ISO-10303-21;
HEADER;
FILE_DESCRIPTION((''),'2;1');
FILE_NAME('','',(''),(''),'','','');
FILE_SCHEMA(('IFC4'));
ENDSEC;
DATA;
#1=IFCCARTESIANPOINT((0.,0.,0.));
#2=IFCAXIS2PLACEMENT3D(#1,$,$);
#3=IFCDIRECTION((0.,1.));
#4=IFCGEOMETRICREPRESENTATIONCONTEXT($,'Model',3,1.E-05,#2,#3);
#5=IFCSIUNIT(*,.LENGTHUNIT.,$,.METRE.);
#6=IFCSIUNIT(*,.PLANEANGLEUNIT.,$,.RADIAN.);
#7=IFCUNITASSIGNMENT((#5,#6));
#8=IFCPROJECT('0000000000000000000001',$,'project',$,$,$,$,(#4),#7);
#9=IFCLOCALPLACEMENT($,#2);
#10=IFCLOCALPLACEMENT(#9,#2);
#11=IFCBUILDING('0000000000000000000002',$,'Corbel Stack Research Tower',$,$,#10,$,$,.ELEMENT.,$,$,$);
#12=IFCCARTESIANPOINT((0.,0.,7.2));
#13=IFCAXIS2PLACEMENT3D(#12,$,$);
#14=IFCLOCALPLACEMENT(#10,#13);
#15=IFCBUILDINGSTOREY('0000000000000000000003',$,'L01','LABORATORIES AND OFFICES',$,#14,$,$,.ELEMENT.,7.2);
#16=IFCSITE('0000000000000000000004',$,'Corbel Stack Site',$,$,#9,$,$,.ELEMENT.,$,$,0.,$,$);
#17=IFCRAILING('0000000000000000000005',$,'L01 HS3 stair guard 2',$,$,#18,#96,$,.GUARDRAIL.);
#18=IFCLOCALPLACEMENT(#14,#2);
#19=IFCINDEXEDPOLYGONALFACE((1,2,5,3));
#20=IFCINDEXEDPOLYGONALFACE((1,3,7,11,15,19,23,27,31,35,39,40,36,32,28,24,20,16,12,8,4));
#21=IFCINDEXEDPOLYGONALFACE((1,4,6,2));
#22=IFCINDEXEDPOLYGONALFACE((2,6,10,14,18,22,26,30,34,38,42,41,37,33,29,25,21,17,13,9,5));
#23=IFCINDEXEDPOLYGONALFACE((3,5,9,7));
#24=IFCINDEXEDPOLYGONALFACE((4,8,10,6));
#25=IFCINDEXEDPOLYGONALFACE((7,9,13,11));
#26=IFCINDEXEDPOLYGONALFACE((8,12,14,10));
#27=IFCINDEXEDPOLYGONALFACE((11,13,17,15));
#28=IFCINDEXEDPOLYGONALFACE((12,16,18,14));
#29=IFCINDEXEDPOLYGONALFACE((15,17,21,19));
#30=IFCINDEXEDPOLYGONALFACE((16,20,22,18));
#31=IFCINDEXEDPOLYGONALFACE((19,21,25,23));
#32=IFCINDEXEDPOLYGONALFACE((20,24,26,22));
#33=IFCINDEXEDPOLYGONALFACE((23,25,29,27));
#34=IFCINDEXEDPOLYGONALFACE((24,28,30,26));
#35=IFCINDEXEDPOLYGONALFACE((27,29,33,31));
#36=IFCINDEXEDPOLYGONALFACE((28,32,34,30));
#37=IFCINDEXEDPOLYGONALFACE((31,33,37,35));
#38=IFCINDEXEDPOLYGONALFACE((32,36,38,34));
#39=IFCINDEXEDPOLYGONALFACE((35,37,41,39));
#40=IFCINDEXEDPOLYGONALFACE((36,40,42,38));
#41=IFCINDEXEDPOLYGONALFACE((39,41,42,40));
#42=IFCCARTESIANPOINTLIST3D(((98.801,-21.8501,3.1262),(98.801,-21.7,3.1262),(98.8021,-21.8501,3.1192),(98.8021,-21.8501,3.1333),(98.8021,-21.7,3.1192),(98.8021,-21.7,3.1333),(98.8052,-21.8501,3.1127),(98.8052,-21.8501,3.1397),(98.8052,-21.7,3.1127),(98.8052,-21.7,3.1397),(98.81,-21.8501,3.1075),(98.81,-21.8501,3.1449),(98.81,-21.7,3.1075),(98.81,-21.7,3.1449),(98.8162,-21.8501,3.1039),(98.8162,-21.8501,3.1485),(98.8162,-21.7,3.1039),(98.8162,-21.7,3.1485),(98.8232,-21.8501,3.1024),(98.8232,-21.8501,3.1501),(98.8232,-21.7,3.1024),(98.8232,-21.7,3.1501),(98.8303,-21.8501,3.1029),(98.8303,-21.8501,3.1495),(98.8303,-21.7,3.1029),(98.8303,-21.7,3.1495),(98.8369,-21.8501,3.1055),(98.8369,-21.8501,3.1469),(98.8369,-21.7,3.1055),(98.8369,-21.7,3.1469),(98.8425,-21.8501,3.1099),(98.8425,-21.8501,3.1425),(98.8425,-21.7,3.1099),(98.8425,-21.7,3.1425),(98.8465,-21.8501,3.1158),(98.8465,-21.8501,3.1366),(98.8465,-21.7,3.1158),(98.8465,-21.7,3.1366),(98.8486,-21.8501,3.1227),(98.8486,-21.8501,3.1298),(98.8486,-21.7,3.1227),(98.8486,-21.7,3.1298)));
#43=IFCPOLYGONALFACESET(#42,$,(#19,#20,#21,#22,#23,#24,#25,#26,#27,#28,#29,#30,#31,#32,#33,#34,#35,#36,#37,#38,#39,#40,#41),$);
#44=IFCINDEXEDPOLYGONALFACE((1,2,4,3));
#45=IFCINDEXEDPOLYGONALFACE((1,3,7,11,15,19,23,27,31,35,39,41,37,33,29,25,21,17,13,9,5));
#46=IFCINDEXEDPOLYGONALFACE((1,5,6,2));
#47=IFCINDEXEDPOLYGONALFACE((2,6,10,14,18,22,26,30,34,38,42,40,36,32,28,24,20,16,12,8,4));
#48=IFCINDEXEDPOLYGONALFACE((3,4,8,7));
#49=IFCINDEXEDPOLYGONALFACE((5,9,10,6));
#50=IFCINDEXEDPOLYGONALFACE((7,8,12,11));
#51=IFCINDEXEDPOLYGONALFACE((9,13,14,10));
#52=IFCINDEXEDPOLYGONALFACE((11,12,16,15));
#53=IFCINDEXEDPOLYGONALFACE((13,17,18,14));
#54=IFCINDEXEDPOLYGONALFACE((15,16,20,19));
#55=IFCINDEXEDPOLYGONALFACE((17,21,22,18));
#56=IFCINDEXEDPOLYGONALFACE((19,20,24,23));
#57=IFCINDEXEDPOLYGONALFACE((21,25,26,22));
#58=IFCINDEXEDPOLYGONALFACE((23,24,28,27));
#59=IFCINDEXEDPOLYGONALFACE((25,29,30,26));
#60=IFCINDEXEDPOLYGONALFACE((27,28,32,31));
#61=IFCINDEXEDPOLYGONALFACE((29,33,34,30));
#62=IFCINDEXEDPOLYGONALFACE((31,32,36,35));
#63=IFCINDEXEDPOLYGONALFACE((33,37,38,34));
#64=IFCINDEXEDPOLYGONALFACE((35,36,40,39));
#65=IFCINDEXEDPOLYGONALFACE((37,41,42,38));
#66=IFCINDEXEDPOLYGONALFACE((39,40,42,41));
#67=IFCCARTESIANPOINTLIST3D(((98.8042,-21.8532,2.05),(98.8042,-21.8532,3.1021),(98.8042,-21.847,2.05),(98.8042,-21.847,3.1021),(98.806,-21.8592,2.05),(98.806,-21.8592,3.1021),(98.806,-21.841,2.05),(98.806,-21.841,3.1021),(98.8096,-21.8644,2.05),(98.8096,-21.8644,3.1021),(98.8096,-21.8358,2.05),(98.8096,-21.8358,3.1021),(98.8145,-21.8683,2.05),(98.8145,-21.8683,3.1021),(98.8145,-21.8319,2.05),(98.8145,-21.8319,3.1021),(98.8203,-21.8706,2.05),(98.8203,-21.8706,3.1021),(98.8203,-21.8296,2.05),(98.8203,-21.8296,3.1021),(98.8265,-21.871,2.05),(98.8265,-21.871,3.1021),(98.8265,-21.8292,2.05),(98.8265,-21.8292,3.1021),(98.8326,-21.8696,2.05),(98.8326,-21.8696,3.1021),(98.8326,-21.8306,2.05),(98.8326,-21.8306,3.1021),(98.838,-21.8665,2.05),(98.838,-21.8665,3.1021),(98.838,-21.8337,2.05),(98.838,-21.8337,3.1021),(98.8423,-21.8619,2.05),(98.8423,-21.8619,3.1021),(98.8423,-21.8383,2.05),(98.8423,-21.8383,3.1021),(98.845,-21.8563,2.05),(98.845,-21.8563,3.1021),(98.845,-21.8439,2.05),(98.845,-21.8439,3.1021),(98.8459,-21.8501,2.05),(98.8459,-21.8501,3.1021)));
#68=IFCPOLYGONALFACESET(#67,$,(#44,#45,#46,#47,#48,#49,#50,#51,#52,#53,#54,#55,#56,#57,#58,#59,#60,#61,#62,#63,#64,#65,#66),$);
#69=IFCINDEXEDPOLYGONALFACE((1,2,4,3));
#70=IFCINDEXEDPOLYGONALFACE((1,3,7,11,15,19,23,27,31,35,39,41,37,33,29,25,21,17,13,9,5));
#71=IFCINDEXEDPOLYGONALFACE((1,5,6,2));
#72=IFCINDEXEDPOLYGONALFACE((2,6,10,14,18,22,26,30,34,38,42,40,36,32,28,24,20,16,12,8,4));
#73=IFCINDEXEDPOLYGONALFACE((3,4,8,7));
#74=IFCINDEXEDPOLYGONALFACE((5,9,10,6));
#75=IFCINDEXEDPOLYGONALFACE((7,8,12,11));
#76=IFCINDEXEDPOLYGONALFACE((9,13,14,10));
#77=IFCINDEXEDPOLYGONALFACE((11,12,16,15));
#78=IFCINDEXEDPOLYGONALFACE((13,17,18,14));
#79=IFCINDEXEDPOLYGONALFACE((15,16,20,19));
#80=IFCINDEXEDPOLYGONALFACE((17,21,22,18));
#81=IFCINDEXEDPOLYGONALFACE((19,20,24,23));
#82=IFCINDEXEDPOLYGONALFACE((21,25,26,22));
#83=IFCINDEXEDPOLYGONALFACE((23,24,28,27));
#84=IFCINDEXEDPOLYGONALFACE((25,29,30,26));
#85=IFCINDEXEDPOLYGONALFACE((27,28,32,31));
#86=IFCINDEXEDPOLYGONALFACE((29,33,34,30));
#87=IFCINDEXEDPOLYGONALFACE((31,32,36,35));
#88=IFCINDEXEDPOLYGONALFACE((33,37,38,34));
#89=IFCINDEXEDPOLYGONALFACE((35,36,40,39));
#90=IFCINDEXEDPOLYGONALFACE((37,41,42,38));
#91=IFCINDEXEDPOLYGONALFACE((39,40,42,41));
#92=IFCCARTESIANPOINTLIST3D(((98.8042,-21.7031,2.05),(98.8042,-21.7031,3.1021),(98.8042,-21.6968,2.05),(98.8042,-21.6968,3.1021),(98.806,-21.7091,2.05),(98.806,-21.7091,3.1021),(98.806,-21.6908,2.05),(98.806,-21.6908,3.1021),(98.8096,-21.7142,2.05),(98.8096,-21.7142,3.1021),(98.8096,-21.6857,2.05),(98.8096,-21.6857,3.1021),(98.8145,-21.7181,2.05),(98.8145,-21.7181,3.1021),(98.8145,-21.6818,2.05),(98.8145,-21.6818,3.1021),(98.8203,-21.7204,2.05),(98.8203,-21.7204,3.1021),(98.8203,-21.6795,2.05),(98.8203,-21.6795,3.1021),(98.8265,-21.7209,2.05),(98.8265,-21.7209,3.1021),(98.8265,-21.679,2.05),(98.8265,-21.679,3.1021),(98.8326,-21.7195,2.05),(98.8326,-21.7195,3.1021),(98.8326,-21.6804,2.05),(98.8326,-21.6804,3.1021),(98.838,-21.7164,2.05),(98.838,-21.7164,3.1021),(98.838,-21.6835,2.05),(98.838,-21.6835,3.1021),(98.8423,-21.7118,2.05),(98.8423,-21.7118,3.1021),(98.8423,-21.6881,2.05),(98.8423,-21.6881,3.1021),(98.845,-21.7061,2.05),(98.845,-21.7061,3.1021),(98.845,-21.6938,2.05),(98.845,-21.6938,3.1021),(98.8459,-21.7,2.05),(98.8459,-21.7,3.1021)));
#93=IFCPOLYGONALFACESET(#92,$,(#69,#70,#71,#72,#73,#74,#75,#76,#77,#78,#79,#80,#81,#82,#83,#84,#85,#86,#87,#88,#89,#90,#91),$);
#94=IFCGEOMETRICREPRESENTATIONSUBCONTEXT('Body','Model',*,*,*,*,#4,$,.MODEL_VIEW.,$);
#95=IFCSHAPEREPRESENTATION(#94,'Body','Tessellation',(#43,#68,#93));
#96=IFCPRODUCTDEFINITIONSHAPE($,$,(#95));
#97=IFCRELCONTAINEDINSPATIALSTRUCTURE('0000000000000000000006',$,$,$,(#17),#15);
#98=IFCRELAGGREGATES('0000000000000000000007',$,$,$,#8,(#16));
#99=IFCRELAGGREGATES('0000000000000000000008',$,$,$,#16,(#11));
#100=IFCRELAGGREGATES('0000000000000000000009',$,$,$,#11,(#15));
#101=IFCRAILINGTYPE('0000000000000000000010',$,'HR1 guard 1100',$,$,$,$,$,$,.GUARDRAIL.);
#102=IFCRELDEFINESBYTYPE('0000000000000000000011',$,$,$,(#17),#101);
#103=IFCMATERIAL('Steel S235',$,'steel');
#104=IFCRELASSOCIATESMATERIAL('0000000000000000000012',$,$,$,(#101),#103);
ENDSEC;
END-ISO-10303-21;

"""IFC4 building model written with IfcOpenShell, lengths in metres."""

from ifc_helpers import new_model, si_unit, direction, frame, origin, origin_2d, place, context, subcontext, project, spatial, circle, extrude, material, type_object, element, save


model = new_model("IFC4")

# Units and contexts
model_context = context("Model", 3, precision=1e-05, world=origin(), true_north=direction((0.0, 1.0)))
body_context = subcontext(model_context, "Body", "Model", "MODEL_VIEW")
ifc_project = project(units=[si_unit("LENGTHUNIT", "METRE"), si_unit("PLANEANGLEUNIT", "RADIAN")], contexts=[model_context])

# Site, building, storey
site_placement = place(None, origin())
site = spatial("IfcSite", under=ifc_project, at=site_placement, Name="Corbel Stack Site", CompositionType="ELEMENT", RefElevation=0.0)
building_placement = place(site_placement, origin())
building = spatial("IfcBuilding", under=site, at=building_placement, Name="Corbel Stack Research Tower", CompositionType="ELEMENT")
storey_placement = place(building_placement, frame((0.0, 0.0, 7.2)))
storey = spatial("IfcBuildingStorey", under=building, at=storey_placement, Name="L01", Description="LABORATORIES AND OFFICES", CompositionType="ELEMENT", Elevation=7.2)

# Railing
ifc_material_1 = material(Name="Steel S235", Category="steel")
railing_type_1 = type_object("IfcRailingType", Name="HR1 guard 1100", PredefinedType="GUARDRAIL", material=ifc_material_1)
railing_1_placement = place(storey_placement, frame((98.825, -21.8501, 2.05)))
element("IfcRailing", 1, at=railing_1_placement, inside=storey, type_object=railing_type_1, Name="L01 HS3 stair guard 2", PredefinedType="GUARDRAIL", context=body_context, shape_type="SweptSolid", body=[
    extrude(circle(Radius=0.0239, at=origin_2d()), frame((0.0, 0.0, 1.0762), z_axis=(0.0, 1.0, 0.0), x_axis=(-1.0, 0.0, 0.0)), (0.0, 0.0, 1.0), 0.1501),
    extrude(circle(Radius=0.021, at=origin_2d()), origin(), (0.0, 0.0, 1.0), 1.052),
    extrude(circle(Radius=0.021, at=origin_2d()), frame((0.0, 0.1501, 0.0)), (0.0, 0.0, 1.0), 1.052),
])

save(model, "model.ifc")
